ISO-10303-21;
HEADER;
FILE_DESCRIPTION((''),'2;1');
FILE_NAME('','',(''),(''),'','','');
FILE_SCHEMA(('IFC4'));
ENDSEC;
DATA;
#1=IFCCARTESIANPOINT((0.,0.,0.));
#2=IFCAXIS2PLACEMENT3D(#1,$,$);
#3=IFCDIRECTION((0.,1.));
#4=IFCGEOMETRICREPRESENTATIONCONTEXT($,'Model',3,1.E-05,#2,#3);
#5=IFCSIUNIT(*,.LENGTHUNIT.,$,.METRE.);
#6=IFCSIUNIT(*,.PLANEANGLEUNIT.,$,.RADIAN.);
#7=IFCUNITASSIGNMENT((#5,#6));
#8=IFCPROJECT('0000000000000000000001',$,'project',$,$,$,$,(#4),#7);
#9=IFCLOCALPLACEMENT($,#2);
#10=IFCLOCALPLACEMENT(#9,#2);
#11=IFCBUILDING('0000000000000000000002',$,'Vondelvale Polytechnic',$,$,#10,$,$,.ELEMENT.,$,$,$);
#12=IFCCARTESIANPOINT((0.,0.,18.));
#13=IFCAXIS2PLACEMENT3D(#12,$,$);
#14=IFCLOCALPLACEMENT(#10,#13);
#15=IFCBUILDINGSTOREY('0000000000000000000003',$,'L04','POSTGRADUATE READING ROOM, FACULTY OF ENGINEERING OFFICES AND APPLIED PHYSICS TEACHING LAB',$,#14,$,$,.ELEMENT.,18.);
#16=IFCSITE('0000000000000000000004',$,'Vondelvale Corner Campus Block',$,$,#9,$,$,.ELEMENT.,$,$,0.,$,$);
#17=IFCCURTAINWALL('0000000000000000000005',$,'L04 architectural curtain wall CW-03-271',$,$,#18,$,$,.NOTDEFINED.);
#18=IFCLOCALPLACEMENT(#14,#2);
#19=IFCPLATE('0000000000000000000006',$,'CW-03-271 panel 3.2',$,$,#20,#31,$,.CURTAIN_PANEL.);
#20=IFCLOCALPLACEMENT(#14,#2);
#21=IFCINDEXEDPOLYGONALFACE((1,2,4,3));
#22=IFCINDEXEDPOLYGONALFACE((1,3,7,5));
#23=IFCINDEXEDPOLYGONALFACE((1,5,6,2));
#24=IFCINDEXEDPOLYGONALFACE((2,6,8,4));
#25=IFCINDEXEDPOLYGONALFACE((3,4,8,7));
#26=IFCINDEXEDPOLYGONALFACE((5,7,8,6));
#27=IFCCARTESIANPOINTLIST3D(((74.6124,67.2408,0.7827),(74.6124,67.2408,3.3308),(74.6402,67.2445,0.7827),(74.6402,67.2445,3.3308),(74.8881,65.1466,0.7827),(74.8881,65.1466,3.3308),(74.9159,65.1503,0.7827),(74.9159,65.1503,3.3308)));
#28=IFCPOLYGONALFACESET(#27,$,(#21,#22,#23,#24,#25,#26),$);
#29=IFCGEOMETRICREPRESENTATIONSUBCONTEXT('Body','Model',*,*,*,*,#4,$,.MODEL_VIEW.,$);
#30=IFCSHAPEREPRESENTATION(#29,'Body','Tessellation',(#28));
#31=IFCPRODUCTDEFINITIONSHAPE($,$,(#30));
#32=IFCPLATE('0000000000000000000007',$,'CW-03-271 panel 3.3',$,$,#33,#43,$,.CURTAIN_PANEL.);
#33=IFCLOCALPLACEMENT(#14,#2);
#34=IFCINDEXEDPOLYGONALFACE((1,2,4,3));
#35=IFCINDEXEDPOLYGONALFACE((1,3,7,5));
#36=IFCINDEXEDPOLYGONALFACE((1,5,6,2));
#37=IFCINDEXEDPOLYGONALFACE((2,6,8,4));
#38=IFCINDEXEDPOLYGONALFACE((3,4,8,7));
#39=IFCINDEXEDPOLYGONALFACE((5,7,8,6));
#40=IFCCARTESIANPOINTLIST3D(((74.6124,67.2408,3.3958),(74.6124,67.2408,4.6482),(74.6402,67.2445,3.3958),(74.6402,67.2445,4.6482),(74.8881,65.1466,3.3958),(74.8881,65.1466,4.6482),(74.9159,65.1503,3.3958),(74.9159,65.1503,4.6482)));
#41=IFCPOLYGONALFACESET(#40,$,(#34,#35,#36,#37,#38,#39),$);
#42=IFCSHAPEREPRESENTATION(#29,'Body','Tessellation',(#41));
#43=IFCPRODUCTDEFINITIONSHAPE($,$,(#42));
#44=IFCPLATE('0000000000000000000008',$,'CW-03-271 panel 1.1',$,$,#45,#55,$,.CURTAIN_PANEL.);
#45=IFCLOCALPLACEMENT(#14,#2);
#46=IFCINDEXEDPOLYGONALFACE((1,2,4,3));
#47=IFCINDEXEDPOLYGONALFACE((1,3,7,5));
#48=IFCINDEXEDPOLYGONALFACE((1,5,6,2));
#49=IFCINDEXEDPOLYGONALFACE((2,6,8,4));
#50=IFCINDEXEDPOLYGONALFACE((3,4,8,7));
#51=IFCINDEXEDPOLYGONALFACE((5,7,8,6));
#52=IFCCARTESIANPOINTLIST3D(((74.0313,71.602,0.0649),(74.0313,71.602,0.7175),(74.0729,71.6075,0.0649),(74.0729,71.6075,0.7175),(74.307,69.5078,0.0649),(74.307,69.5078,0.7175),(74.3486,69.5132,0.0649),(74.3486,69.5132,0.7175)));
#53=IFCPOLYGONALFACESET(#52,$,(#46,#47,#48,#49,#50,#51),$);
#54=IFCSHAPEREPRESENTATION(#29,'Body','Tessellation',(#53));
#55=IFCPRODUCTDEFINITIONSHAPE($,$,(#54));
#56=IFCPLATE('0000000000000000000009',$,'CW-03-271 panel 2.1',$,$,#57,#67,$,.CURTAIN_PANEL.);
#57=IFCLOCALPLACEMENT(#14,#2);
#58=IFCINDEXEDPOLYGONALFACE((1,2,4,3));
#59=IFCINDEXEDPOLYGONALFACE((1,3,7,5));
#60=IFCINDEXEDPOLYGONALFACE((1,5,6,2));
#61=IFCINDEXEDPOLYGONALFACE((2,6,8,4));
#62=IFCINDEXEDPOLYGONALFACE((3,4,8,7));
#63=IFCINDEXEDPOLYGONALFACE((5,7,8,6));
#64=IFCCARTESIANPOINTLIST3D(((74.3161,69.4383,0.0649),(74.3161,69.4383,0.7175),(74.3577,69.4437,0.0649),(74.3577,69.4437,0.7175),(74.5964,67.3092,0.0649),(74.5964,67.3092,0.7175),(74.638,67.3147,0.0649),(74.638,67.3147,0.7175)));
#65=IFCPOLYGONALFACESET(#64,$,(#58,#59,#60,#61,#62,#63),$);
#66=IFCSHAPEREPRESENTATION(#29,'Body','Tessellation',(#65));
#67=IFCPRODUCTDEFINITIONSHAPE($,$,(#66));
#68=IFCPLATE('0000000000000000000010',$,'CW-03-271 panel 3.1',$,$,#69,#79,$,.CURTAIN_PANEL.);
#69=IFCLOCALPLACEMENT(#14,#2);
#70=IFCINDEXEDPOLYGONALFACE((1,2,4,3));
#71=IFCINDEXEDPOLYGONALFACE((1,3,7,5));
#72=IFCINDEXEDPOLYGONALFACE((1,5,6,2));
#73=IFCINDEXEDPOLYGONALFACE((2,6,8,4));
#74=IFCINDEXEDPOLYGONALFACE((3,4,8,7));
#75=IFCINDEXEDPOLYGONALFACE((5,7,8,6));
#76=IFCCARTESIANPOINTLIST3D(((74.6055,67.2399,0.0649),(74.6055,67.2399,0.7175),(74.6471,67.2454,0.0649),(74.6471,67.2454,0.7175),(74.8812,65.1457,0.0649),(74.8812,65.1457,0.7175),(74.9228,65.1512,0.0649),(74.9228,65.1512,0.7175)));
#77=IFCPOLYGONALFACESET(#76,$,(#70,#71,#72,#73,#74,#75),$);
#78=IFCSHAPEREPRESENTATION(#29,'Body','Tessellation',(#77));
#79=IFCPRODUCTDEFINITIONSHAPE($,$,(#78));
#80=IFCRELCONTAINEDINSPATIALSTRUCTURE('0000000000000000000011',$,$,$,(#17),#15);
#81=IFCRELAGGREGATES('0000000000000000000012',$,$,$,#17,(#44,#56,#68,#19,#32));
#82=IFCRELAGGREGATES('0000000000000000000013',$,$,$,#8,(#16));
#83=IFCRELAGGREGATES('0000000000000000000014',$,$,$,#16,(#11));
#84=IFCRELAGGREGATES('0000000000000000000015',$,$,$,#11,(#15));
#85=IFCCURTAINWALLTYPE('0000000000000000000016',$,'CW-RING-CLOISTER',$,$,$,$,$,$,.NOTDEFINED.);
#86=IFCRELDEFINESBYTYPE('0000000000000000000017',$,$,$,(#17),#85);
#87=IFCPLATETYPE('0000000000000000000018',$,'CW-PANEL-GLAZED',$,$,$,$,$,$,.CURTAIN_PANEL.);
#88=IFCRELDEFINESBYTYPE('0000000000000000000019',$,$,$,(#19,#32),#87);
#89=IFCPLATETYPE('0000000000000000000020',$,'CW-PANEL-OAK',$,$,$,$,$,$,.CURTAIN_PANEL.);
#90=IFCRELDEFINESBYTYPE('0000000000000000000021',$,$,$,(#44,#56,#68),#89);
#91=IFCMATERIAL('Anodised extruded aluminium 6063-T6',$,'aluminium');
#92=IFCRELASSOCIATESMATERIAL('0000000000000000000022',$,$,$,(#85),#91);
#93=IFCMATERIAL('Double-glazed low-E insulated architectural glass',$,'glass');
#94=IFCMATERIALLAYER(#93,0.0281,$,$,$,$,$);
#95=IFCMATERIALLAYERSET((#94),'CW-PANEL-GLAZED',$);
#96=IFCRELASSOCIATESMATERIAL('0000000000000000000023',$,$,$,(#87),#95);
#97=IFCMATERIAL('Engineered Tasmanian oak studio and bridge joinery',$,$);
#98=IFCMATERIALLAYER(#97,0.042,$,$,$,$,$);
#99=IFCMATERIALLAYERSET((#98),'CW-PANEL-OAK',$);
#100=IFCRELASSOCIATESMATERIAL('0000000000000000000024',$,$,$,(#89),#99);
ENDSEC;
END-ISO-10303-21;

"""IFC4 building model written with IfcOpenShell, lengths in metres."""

from ifc_helpers import new_model, si_unit, direction, frame, origin, origin_2d, place, context, subcontext, project, spatial, rectangle, extrude, material, layer, layer_set, type_object, element, aggregate, save


model = new_model("IFC4")

# Units and contexts
model_context = context("Model", 3, precision=1e-05, world=origin(), true_north=direction((0.0, 1.0)))
body_context = subcontext(model_context, "Body", "Model", "MODEL_VIEW")
ifc_project = project(units=[si_unit("LENGTHUNIT", "METRE"), si_unit("PLANEANGLEUNIT", "RADIAN")], contexts=[model_context])

# Site, building, storey
site_placement = place(None, origin())
site = spatial("IfcSite", under=ifc_project, at=site_placement, Name="Vondelvale Corner Campus Block", CompositionType="ELEMENT", RefElevation=0.0)
building_placement = place(site_placement, origin())
building = spatial("IfcBuilding", under=site, at=building_placement, Name="Vondelvale Polytechnic", CompositionType="ELEMENT")
storey_placement = place(building_placement, frame((0.0, 0.0, 18.0)))
storey = spatial("IfcBuildingStorey", under=building, at=storey_placement, Name="L04", Description="POSTGRADUATE READING ROOM, FACULTY OF ENGINEERING OFFICES AND APPLIED PHYSICS TEACHING LAB", CompositionType="ELEMENT", Elevation=18.0)

# Curtain wall, plates
ifc_material_1 = material(Name="Anodised extruded aluminium 6063-T6", Category="aluminium")
curtain_wall_type = type_object("IfcCurtainWallType", Name="CW-RING-CLOISTER", PredefinedType="NOTDEFINED", material=ifc_material_1)
curtain_wall_placement = place(storey_placement, origin())
curtain_wall = element("IfcCurtainWall", 1, at=curtain_wall_placement, inside=storey, type_object=curtain_wall_type, Name="L04 architectural curtain wall CW-03-271", PredefinedType="NOTDEFINED")
ifc_material_2 = material(Name="Double-glazed low-E insulated architectural glass", Category="glass")
ifc_layer_1 = layer(ifc_material_2, 0.0281)
ifc_layer_set_1 = layer_set([ifc_layer_1], Name="CW-PANEL-GLAZED")
plate_type_1 = type_object("IfcPlateType", Name="CW-PANEL-GLAZED", PredefinedType="CURTAIN_PANEL", material=ifc_layer_set_1)
plate_1_placement = place(storey_placement, frame((74.7642, 66.1956, 0.7827), z_axis=(0.0, 0.0, 1.0), x_axis=(0.130528, -0.991445, 0.0)))
plate_1 = element("IfcPlate", 2, at=plate_1_placement, type_object=plate_type_1, Name="CW-03-271 panel 3.2", PredefinedType="CURTAIN_PANEL", context=body_context, shape_type="SweptSolid", body=[
    extrude(rectangle(XDim=2.1123, YDim=0.0281, at=origin_2d()), origin(), (0.0, 0.0, 1.0), 2.5481),
])
plate_2_placement = place(storey_placement, frame((74.7642, 66.1956, 3.3958), z_axis=(0.0, 0.0, 1.0), x_axis=(0.130528, -0.991445, 0.0)))
plate_2 = element("IfcPlate", 3, at=plate_2_placement, type_object=plate_type_1, Name="CW-03-271 panel 3.3", PredefinedType="CURTAIN_PANEL", context=body_context, shape_type="SweptSolid", body=[
    extrude(rectangle(XDim=2.1123, YDim=0.0281, at=origin_2d()), origin(), (0.0, 0.0, 1.0), 1.2524),
])
ifc_material_3 = material(Name="Engineered Tasmanian oak studio and bridge joinery")
ifc_layer_2 = layer(ifc_material_3, 0.042)
ifc_layer_set_2 = layer_set([ifc_layer_2], Name="CW-PANEL-OAK")
plate_type_2 = type_object("IfcPlateType", Name="CW-PANEL-OAK", PredefinedType="CURTAIN_PANEL", material=ifc_layer_set_2)
plate_3_placement = place(storey_placement, frame((74.1899, 70.5576, 0.0649), z_axis=(0.0, 0.0, 1.0), x_axis=(0.130528, -0.991445, 0.0)))
plate_3 = element("IfcPlate", 4, at=plate_3_placement, type_object=plate_type_2, Name="CW-03-271 panel 1.1", PredefinedType="CURTAIN_PANEL", context=body_context, shape_type="SweptSolid", body=[
    extrude(rectangle(XDim=2.1123, YDim=0.042, at=origin_2d()), origin(), (0.0, 0.0, 1.0), 0.6526),
])
plate_4_placement = place(storey_placement, frame((74.4771, 68.3765, 0.0649), z_axis=(0.0, 0.0, 1.0), x_axis=(0.130528, -0.991445, 0.0)))
plate_4 = element("IfcPlate", 5, at=plate_4_placement, type_object=plate_type_2, Name="CW-03-271 panel 2.1", PredefinedType="CURTAIN_PANEL", context=body_context, shape_type="SweptSolid", body=[
    extrude(rectangle(XDim=2.1475, YDim=0.042, at=origin_2d()), origin(), (0.0, 0.0, 1.0), 0.6526),
])
plate_5_placement = place(storey_placement, frame((74.7642, 66.1956, 0.0649), z_axis=(0.0, 0.0, 1.0), x_axis=(0.130528, -0.991445, 0.0)))
plate_5 = element("IfcPlate", 6, at=plate_5_placement, type_object=plate_type_2, Name="CW-03-271 panel 3.1", PredefinedType="CURTAIN_PANEL", context=body_context, shape_type="SweptSolid", body=[
    extrude(rectangle(XDim=2.1123, YDim=0.042, at=origin_2d()), origin(), (0.0, 0.0, 1.0), 0.6526),
])
aggregate(curtain_wall, [plate_3, plate_4, plate_5, plate_1, plate_2])

save(model, "model.ifc")
